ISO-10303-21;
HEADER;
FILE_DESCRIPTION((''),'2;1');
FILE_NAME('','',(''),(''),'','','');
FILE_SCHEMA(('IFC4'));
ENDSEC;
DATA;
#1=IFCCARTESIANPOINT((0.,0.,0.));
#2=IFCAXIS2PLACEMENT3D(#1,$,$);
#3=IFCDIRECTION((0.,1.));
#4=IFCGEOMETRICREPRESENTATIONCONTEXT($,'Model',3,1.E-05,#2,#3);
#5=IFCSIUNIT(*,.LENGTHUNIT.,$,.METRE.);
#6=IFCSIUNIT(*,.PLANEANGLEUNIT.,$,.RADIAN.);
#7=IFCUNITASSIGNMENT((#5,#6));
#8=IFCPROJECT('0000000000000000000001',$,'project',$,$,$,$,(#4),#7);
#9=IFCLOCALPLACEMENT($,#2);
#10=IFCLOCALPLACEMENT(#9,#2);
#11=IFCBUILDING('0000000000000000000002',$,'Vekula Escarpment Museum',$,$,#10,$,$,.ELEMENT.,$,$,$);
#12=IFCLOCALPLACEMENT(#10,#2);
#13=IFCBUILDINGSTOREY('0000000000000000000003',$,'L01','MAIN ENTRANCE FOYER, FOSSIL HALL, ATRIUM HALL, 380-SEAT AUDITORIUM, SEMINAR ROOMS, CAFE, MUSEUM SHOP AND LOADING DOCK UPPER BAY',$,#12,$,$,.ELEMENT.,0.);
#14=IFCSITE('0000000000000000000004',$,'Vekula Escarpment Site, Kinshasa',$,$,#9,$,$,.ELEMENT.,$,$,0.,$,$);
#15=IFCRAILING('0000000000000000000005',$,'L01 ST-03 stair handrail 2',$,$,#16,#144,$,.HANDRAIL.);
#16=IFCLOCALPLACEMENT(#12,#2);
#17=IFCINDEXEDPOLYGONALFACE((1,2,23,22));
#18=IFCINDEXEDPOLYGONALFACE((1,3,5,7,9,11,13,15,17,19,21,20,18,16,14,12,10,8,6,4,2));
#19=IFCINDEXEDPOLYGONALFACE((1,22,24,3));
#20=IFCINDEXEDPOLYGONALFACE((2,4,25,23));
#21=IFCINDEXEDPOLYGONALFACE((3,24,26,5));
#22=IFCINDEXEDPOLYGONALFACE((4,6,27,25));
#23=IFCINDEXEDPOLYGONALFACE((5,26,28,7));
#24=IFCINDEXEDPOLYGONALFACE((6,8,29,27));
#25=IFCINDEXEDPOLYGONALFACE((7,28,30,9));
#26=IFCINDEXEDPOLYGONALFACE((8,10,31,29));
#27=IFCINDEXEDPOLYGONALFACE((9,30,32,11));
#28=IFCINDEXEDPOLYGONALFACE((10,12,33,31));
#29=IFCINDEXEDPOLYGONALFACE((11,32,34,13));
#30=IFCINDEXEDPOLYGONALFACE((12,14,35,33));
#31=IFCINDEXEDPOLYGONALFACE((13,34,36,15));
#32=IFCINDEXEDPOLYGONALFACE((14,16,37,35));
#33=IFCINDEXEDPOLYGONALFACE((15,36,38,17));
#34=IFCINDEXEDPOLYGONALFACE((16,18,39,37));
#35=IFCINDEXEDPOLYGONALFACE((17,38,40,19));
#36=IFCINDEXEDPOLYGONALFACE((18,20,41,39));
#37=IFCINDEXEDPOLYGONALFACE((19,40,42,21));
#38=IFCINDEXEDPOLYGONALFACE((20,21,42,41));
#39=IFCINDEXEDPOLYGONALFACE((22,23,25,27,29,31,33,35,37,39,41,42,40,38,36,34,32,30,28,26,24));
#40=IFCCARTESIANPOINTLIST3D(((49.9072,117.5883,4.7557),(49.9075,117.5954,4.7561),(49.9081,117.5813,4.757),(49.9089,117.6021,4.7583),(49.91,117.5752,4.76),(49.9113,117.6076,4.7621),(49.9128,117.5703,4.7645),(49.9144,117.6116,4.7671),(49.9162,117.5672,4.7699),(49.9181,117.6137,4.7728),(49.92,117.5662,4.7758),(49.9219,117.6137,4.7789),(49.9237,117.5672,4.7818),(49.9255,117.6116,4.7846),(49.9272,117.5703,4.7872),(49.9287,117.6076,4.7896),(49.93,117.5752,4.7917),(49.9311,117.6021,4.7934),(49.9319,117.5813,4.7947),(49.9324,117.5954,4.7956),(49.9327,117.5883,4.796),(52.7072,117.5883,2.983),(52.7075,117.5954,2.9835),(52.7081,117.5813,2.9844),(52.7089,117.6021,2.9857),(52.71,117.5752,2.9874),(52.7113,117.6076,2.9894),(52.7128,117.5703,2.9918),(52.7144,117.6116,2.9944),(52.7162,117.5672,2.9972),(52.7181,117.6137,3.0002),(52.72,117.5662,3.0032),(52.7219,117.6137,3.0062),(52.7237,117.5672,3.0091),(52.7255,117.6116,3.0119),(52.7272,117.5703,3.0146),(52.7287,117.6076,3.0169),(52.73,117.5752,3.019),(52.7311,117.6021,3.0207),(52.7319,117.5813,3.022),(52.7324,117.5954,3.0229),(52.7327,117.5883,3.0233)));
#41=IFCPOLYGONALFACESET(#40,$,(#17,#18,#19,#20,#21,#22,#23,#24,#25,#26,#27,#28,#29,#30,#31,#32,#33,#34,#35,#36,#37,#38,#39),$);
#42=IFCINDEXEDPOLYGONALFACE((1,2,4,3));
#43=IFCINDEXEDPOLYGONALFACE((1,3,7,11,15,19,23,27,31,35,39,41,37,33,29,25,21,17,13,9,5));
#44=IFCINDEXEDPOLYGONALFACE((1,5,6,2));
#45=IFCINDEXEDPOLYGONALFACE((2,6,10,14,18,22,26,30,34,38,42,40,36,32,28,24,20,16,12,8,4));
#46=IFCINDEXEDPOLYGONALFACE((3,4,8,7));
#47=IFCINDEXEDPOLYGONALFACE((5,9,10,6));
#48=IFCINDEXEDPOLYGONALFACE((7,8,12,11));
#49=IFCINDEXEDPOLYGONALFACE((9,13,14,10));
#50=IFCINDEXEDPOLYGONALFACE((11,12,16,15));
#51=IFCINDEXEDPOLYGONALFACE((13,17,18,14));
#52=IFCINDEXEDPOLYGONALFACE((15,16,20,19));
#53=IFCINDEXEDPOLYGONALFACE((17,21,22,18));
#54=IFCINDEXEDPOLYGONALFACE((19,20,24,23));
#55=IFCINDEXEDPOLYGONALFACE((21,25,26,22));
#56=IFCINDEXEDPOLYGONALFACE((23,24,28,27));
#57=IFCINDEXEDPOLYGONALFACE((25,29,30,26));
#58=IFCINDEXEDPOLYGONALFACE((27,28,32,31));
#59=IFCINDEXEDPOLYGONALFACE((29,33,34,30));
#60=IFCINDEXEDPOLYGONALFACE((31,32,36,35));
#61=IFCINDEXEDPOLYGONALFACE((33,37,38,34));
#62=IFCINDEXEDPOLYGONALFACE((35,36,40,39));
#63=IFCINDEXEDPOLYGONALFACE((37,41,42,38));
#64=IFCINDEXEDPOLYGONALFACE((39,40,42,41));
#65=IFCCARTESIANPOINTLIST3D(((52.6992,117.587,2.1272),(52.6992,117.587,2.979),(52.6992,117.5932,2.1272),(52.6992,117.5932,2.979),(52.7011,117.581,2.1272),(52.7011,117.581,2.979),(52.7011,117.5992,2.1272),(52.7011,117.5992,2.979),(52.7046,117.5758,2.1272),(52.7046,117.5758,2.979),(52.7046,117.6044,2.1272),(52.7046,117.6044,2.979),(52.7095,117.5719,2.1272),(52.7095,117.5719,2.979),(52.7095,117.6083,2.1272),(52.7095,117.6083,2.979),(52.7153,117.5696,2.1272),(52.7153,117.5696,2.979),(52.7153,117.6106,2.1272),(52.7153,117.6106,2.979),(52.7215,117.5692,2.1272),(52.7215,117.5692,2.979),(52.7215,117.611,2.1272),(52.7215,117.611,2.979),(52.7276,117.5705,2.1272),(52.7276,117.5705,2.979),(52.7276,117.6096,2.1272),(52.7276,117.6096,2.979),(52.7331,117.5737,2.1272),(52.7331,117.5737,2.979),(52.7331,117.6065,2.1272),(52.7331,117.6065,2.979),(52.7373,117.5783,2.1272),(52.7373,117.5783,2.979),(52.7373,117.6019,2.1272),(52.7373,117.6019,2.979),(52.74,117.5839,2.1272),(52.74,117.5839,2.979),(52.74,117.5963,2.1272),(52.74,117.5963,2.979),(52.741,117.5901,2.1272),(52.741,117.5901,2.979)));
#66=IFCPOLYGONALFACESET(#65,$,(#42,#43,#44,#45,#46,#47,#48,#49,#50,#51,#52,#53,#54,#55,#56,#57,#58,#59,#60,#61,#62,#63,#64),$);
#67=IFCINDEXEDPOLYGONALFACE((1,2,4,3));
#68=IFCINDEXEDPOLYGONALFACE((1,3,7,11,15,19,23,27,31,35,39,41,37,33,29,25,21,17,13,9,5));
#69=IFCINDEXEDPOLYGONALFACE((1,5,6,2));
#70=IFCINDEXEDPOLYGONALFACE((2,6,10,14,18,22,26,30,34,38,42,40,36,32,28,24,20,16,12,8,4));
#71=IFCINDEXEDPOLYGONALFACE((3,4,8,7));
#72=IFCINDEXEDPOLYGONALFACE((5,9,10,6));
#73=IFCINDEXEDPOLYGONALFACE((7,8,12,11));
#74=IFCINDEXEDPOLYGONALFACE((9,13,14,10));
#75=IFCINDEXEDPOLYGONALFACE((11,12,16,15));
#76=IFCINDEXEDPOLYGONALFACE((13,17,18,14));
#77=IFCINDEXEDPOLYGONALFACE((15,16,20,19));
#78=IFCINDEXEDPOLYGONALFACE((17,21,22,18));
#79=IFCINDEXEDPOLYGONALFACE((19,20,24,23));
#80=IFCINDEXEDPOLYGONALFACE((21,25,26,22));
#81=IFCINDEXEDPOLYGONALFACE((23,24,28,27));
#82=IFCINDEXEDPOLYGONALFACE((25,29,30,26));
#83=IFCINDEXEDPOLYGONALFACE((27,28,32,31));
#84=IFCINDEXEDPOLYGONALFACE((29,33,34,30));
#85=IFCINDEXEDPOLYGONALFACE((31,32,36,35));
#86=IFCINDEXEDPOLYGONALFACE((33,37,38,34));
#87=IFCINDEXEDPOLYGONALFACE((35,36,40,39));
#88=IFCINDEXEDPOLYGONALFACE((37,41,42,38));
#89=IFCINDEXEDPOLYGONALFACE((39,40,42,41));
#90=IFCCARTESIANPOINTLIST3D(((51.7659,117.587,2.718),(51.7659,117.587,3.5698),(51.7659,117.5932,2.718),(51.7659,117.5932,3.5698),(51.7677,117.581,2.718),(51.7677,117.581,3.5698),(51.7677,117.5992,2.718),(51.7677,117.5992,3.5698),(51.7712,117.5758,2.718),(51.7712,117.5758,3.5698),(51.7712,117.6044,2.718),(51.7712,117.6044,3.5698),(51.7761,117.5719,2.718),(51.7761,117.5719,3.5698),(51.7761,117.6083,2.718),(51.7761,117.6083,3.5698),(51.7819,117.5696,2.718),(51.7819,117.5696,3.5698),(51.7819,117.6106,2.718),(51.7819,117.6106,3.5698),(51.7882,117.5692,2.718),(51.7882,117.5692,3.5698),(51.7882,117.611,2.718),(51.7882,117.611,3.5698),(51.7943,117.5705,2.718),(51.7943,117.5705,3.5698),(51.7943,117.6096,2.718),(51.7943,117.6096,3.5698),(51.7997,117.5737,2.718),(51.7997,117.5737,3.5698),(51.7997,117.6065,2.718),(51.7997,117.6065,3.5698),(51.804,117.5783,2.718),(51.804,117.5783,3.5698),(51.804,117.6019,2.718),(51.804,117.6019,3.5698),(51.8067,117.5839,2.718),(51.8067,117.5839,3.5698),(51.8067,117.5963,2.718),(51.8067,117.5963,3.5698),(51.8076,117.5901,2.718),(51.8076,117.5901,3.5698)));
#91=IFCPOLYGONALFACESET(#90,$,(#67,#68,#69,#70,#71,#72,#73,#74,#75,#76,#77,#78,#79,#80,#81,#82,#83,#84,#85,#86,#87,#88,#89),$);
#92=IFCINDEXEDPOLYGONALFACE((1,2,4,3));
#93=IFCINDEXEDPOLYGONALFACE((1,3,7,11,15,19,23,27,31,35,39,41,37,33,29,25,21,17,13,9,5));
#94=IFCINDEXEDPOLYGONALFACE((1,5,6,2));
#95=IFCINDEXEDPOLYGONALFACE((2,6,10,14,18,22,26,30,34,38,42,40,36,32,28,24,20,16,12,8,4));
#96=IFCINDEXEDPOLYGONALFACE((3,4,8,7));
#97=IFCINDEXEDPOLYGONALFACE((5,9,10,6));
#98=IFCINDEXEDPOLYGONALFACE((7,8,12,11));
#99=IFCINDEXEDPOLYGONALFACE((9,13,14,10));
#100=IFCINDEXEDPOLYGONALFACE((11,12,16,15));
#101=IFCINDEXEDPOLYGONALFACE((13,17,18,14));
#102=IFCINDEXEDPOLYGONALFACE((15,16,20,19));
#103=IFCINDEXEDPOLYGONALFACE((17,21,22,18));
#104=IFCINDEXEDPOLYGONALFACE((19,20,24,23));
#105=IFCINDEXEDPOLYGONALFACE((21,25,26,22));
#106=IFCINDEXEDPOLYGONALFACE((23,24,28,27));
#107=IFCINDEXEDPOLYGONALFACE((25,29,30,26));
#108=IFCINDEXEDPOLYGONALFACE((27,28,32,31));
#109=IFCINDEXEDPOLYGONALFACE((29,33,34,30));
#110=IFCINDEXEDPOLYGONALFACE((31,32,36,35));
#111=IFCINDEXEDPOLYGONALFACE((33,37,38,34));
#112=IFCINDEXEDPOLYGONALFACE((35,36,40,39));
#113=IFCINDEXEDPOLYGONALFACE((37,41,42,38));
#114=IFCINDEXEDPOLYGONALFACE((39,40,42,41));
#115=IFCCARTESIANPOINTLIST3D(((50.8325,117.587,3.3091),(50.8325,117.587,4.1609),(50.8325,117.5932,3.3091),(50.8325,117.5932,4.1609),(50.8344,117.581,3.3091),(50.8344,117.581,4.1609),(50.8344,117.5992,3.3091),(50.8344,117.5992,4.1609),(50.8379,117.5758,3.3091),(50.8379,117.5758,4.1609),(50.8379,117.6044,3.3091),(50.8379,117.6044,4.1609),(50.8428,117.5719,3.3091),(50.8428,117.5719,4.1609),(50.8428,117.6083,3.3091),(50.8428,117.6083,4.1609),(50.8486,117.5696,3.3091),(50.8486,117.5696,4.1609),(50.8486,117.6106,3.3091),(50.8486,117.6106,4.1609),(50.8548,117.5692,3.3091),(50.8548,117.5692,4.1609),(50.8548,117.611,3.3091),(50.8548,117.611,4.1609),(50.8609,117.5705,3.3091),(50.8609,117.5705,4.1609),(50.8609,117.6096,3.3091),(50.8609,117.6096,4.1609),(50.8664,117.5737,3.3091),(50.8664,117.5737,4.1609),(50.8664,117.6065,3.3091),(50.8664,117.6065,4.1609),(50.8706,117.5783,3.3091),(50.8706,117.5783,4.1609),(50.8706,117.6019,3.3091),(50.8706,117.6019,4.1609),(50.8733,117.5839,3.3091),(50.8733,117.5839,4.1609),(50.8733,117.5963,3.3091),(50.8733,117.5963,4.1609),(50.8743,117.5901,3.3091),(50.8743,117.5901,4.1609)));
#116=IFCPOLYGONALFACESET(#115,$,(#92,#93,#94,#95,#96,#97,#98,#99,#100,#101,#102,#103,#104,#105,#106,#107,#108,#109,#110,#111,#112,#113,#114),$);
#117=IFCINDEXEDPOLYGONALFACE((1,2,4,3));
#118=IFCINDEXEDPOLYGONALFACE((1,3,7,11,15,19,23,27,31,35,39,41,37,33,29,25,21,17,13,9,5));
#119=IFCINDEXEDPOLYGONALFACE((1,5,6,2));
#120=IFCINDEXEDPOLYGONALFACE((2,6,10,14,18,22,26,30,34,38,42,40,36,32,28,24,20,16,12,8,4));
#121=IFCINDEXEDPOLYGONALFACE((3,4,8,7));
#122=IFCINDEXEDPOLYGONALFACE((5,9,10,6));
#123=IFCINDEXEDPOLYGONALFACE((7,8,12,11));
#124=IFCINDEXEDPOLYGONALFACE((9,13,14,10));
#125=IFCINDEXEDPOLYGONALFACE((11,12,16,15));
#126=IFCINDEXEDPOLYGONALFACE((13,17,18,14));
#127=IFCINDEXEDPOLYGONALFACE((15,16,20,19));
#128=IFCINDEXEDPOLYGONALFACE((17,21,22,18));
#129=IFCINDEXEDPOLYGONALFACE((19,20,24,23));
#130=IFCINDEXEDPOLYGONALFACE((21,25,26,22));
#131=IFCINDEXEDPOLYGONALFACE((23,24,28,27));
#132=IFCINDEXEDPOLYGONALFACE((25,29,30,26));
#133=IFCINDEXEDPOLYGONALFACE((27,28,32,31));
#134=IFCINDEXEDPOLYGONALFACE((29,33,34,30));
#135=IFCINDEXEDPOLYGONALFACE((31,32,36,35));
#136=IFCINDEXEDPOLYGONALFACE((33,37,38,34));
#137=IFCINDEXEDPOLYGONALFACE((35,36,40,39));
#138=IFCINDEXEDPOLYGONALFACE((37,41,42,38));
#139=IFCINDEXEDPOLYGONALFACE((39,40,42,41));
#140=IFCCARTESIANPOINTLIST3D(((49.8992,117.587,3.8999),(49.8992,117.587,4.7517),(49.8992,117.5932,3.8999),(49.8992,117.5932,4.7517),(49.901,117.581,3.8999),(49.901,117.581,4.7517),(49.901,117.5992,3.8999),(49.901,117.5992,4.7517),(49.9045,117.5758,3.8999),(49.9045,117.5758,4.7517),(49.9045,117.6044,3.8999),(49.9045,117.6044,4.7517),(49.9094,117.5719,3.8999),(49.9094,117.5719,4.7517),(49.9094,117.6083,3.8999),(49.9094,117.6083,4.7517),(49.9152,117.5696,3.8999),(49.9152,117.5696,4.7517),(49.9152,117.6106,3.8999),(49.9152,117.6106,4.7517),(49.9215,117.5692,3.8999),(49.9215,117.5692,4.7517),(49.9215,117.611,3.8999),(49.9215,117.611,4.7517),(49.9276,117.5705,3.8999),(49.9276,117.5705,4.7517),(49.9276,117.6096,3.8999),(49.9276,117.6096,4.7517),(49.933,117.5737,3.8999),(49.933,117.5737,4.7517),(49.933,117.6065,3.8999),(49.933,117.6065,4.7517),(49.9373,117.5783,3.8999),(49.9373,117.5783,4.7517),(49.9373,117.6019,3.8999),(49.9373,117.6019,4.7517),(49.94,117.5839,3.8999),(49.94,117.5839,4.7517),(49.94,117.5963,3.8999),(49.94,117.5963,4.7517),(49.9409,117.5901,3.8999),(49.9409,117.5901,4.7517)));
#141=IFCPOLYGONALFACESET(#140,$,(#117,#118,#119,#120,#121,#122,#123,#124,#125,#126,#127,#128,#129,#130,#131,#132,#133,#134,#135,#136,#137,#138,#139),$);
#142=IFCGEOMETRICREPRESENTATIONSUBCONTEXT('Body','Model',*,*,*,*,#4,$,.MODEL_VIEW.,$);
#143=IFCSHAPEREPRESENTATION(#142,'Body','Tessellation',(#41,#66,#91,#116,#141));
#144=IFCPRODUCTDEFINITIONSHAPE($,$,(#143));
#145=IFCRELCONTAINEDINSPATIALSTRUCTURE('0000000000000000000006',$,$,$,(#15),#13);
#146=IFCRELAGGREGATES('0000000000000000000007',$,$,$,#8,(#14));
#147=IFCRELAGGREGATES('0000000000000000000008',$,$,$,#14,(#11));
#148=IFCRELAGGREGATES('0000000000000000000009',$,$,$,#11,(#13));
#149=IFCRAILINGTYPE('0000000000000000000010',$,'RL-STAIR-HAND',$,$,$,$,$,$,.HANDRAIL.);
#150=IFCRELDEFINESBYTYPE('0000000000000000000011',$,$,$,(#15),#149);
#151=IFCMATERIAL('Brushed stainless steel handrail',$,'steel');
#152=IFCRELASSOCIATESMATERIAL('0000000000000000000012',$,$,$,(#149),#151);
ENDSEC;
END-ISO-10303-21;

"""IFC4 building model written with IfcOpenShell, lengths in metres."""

from ifc_helpers import new_model, si_unit, direction, frame, origin, origin_2d, place, context, subcontext, project, spatial, circle, extrude, material, type_object, element, save


model = new_model("IFC4")

# Units and contexts
model_context = context("Model", 3, precision=1e-05, world=origin(), true_north=direction((0.0, 1.0)))
body_context = subcontext(model_context, "Body", "Model", "MODEL_VIEW")
ifc_project = project(units=[si_unit("LENGTHUNIT", "METRE"), si_unit("PLANEANGLEUNIT", "RADIAN")], contexts=[model_context])

# Site, building, storey
site_placement = place(None, origin())
site = spatial("IfcSite", under=ifc_project, at=site_placement, Name="Vekula Escarpment Site, Kinshasa", CompositionType="ELEMENT", RefElevation=0.0)
building_placement = place(site_placement, origin())
building = spatial("IfcBuilding", under=site, at=building_placement, Name="Vekula Escarpment Museum", CompositionType="ELEMENT")
storey_placement = place(building_placement, origin())
storey = spatial("IfcBuildingStorey", under=building, at=storey_placement, Name="L01", Description="MAIN ENTRANCE FOYER, FOSSIL HALL, ATRIUM HALL, 380-SEAT AUDITORIUM, SEMINAR ROOMS, CAFE, MUSEUM SHOP AND LOADING DOCK UPPER BAY", CompositionType="ELEMENT", Elevation=0.0)

# Railing
ifc_material_1 = material(Name="Brushed stainless steel handrail", Category="steel")
railing_type_1 = type_object("IfcRailingType", Name="RL-STAIR-HAND", PredefinedType="HANDRAIL", material=ifc_material_1)
for number, where, name in (
    (1, (52.72, 117.5901, 2.1272), "L01 ST-03 stair handrail 2"),
):
    element("IfcRailing", number, at=place(storey_placement, frame(where)), inside=storey, type_object=railing_type_1, Name=name, PredefinedType="HANDRAIL", context=body_context, shape_type="SweptSolid", body=[
        extrude(circle(Radius=0.0239, at=origin_2d()), frame((0.0, 0.0, 0.876), z_axis=(-0.844909, 0.0, 0.53491), x_axis=(0.0, -1.0, 0.0)), (0.0, 0.0, 1.0), 3.314),
        extrude(circle(Radius=0.021, at=origin_2d()), origin(), (0.0, 0.0, 1.0), 0.8518),
        extrude(circle(Radius=0.021, at=origin_2d()), frame((-0.9333, 0.0, 0.5908)), (0.0, 0.0, 1.0), 0.8518),
        extrude(circle(Radius=0.021, at=origin_2d()), frame((-1.8667, 0.0, 1.1819)), (0.0, 0.0, 1.0), 0.8518),
        extrude(circle(Radius=0.021, at=origin_2d()), frame((-2.8, 0.0, 1.7727)), (0.0, 0.0, 1.0), 0.8518),
    ])

save(model, "model.ifc")
